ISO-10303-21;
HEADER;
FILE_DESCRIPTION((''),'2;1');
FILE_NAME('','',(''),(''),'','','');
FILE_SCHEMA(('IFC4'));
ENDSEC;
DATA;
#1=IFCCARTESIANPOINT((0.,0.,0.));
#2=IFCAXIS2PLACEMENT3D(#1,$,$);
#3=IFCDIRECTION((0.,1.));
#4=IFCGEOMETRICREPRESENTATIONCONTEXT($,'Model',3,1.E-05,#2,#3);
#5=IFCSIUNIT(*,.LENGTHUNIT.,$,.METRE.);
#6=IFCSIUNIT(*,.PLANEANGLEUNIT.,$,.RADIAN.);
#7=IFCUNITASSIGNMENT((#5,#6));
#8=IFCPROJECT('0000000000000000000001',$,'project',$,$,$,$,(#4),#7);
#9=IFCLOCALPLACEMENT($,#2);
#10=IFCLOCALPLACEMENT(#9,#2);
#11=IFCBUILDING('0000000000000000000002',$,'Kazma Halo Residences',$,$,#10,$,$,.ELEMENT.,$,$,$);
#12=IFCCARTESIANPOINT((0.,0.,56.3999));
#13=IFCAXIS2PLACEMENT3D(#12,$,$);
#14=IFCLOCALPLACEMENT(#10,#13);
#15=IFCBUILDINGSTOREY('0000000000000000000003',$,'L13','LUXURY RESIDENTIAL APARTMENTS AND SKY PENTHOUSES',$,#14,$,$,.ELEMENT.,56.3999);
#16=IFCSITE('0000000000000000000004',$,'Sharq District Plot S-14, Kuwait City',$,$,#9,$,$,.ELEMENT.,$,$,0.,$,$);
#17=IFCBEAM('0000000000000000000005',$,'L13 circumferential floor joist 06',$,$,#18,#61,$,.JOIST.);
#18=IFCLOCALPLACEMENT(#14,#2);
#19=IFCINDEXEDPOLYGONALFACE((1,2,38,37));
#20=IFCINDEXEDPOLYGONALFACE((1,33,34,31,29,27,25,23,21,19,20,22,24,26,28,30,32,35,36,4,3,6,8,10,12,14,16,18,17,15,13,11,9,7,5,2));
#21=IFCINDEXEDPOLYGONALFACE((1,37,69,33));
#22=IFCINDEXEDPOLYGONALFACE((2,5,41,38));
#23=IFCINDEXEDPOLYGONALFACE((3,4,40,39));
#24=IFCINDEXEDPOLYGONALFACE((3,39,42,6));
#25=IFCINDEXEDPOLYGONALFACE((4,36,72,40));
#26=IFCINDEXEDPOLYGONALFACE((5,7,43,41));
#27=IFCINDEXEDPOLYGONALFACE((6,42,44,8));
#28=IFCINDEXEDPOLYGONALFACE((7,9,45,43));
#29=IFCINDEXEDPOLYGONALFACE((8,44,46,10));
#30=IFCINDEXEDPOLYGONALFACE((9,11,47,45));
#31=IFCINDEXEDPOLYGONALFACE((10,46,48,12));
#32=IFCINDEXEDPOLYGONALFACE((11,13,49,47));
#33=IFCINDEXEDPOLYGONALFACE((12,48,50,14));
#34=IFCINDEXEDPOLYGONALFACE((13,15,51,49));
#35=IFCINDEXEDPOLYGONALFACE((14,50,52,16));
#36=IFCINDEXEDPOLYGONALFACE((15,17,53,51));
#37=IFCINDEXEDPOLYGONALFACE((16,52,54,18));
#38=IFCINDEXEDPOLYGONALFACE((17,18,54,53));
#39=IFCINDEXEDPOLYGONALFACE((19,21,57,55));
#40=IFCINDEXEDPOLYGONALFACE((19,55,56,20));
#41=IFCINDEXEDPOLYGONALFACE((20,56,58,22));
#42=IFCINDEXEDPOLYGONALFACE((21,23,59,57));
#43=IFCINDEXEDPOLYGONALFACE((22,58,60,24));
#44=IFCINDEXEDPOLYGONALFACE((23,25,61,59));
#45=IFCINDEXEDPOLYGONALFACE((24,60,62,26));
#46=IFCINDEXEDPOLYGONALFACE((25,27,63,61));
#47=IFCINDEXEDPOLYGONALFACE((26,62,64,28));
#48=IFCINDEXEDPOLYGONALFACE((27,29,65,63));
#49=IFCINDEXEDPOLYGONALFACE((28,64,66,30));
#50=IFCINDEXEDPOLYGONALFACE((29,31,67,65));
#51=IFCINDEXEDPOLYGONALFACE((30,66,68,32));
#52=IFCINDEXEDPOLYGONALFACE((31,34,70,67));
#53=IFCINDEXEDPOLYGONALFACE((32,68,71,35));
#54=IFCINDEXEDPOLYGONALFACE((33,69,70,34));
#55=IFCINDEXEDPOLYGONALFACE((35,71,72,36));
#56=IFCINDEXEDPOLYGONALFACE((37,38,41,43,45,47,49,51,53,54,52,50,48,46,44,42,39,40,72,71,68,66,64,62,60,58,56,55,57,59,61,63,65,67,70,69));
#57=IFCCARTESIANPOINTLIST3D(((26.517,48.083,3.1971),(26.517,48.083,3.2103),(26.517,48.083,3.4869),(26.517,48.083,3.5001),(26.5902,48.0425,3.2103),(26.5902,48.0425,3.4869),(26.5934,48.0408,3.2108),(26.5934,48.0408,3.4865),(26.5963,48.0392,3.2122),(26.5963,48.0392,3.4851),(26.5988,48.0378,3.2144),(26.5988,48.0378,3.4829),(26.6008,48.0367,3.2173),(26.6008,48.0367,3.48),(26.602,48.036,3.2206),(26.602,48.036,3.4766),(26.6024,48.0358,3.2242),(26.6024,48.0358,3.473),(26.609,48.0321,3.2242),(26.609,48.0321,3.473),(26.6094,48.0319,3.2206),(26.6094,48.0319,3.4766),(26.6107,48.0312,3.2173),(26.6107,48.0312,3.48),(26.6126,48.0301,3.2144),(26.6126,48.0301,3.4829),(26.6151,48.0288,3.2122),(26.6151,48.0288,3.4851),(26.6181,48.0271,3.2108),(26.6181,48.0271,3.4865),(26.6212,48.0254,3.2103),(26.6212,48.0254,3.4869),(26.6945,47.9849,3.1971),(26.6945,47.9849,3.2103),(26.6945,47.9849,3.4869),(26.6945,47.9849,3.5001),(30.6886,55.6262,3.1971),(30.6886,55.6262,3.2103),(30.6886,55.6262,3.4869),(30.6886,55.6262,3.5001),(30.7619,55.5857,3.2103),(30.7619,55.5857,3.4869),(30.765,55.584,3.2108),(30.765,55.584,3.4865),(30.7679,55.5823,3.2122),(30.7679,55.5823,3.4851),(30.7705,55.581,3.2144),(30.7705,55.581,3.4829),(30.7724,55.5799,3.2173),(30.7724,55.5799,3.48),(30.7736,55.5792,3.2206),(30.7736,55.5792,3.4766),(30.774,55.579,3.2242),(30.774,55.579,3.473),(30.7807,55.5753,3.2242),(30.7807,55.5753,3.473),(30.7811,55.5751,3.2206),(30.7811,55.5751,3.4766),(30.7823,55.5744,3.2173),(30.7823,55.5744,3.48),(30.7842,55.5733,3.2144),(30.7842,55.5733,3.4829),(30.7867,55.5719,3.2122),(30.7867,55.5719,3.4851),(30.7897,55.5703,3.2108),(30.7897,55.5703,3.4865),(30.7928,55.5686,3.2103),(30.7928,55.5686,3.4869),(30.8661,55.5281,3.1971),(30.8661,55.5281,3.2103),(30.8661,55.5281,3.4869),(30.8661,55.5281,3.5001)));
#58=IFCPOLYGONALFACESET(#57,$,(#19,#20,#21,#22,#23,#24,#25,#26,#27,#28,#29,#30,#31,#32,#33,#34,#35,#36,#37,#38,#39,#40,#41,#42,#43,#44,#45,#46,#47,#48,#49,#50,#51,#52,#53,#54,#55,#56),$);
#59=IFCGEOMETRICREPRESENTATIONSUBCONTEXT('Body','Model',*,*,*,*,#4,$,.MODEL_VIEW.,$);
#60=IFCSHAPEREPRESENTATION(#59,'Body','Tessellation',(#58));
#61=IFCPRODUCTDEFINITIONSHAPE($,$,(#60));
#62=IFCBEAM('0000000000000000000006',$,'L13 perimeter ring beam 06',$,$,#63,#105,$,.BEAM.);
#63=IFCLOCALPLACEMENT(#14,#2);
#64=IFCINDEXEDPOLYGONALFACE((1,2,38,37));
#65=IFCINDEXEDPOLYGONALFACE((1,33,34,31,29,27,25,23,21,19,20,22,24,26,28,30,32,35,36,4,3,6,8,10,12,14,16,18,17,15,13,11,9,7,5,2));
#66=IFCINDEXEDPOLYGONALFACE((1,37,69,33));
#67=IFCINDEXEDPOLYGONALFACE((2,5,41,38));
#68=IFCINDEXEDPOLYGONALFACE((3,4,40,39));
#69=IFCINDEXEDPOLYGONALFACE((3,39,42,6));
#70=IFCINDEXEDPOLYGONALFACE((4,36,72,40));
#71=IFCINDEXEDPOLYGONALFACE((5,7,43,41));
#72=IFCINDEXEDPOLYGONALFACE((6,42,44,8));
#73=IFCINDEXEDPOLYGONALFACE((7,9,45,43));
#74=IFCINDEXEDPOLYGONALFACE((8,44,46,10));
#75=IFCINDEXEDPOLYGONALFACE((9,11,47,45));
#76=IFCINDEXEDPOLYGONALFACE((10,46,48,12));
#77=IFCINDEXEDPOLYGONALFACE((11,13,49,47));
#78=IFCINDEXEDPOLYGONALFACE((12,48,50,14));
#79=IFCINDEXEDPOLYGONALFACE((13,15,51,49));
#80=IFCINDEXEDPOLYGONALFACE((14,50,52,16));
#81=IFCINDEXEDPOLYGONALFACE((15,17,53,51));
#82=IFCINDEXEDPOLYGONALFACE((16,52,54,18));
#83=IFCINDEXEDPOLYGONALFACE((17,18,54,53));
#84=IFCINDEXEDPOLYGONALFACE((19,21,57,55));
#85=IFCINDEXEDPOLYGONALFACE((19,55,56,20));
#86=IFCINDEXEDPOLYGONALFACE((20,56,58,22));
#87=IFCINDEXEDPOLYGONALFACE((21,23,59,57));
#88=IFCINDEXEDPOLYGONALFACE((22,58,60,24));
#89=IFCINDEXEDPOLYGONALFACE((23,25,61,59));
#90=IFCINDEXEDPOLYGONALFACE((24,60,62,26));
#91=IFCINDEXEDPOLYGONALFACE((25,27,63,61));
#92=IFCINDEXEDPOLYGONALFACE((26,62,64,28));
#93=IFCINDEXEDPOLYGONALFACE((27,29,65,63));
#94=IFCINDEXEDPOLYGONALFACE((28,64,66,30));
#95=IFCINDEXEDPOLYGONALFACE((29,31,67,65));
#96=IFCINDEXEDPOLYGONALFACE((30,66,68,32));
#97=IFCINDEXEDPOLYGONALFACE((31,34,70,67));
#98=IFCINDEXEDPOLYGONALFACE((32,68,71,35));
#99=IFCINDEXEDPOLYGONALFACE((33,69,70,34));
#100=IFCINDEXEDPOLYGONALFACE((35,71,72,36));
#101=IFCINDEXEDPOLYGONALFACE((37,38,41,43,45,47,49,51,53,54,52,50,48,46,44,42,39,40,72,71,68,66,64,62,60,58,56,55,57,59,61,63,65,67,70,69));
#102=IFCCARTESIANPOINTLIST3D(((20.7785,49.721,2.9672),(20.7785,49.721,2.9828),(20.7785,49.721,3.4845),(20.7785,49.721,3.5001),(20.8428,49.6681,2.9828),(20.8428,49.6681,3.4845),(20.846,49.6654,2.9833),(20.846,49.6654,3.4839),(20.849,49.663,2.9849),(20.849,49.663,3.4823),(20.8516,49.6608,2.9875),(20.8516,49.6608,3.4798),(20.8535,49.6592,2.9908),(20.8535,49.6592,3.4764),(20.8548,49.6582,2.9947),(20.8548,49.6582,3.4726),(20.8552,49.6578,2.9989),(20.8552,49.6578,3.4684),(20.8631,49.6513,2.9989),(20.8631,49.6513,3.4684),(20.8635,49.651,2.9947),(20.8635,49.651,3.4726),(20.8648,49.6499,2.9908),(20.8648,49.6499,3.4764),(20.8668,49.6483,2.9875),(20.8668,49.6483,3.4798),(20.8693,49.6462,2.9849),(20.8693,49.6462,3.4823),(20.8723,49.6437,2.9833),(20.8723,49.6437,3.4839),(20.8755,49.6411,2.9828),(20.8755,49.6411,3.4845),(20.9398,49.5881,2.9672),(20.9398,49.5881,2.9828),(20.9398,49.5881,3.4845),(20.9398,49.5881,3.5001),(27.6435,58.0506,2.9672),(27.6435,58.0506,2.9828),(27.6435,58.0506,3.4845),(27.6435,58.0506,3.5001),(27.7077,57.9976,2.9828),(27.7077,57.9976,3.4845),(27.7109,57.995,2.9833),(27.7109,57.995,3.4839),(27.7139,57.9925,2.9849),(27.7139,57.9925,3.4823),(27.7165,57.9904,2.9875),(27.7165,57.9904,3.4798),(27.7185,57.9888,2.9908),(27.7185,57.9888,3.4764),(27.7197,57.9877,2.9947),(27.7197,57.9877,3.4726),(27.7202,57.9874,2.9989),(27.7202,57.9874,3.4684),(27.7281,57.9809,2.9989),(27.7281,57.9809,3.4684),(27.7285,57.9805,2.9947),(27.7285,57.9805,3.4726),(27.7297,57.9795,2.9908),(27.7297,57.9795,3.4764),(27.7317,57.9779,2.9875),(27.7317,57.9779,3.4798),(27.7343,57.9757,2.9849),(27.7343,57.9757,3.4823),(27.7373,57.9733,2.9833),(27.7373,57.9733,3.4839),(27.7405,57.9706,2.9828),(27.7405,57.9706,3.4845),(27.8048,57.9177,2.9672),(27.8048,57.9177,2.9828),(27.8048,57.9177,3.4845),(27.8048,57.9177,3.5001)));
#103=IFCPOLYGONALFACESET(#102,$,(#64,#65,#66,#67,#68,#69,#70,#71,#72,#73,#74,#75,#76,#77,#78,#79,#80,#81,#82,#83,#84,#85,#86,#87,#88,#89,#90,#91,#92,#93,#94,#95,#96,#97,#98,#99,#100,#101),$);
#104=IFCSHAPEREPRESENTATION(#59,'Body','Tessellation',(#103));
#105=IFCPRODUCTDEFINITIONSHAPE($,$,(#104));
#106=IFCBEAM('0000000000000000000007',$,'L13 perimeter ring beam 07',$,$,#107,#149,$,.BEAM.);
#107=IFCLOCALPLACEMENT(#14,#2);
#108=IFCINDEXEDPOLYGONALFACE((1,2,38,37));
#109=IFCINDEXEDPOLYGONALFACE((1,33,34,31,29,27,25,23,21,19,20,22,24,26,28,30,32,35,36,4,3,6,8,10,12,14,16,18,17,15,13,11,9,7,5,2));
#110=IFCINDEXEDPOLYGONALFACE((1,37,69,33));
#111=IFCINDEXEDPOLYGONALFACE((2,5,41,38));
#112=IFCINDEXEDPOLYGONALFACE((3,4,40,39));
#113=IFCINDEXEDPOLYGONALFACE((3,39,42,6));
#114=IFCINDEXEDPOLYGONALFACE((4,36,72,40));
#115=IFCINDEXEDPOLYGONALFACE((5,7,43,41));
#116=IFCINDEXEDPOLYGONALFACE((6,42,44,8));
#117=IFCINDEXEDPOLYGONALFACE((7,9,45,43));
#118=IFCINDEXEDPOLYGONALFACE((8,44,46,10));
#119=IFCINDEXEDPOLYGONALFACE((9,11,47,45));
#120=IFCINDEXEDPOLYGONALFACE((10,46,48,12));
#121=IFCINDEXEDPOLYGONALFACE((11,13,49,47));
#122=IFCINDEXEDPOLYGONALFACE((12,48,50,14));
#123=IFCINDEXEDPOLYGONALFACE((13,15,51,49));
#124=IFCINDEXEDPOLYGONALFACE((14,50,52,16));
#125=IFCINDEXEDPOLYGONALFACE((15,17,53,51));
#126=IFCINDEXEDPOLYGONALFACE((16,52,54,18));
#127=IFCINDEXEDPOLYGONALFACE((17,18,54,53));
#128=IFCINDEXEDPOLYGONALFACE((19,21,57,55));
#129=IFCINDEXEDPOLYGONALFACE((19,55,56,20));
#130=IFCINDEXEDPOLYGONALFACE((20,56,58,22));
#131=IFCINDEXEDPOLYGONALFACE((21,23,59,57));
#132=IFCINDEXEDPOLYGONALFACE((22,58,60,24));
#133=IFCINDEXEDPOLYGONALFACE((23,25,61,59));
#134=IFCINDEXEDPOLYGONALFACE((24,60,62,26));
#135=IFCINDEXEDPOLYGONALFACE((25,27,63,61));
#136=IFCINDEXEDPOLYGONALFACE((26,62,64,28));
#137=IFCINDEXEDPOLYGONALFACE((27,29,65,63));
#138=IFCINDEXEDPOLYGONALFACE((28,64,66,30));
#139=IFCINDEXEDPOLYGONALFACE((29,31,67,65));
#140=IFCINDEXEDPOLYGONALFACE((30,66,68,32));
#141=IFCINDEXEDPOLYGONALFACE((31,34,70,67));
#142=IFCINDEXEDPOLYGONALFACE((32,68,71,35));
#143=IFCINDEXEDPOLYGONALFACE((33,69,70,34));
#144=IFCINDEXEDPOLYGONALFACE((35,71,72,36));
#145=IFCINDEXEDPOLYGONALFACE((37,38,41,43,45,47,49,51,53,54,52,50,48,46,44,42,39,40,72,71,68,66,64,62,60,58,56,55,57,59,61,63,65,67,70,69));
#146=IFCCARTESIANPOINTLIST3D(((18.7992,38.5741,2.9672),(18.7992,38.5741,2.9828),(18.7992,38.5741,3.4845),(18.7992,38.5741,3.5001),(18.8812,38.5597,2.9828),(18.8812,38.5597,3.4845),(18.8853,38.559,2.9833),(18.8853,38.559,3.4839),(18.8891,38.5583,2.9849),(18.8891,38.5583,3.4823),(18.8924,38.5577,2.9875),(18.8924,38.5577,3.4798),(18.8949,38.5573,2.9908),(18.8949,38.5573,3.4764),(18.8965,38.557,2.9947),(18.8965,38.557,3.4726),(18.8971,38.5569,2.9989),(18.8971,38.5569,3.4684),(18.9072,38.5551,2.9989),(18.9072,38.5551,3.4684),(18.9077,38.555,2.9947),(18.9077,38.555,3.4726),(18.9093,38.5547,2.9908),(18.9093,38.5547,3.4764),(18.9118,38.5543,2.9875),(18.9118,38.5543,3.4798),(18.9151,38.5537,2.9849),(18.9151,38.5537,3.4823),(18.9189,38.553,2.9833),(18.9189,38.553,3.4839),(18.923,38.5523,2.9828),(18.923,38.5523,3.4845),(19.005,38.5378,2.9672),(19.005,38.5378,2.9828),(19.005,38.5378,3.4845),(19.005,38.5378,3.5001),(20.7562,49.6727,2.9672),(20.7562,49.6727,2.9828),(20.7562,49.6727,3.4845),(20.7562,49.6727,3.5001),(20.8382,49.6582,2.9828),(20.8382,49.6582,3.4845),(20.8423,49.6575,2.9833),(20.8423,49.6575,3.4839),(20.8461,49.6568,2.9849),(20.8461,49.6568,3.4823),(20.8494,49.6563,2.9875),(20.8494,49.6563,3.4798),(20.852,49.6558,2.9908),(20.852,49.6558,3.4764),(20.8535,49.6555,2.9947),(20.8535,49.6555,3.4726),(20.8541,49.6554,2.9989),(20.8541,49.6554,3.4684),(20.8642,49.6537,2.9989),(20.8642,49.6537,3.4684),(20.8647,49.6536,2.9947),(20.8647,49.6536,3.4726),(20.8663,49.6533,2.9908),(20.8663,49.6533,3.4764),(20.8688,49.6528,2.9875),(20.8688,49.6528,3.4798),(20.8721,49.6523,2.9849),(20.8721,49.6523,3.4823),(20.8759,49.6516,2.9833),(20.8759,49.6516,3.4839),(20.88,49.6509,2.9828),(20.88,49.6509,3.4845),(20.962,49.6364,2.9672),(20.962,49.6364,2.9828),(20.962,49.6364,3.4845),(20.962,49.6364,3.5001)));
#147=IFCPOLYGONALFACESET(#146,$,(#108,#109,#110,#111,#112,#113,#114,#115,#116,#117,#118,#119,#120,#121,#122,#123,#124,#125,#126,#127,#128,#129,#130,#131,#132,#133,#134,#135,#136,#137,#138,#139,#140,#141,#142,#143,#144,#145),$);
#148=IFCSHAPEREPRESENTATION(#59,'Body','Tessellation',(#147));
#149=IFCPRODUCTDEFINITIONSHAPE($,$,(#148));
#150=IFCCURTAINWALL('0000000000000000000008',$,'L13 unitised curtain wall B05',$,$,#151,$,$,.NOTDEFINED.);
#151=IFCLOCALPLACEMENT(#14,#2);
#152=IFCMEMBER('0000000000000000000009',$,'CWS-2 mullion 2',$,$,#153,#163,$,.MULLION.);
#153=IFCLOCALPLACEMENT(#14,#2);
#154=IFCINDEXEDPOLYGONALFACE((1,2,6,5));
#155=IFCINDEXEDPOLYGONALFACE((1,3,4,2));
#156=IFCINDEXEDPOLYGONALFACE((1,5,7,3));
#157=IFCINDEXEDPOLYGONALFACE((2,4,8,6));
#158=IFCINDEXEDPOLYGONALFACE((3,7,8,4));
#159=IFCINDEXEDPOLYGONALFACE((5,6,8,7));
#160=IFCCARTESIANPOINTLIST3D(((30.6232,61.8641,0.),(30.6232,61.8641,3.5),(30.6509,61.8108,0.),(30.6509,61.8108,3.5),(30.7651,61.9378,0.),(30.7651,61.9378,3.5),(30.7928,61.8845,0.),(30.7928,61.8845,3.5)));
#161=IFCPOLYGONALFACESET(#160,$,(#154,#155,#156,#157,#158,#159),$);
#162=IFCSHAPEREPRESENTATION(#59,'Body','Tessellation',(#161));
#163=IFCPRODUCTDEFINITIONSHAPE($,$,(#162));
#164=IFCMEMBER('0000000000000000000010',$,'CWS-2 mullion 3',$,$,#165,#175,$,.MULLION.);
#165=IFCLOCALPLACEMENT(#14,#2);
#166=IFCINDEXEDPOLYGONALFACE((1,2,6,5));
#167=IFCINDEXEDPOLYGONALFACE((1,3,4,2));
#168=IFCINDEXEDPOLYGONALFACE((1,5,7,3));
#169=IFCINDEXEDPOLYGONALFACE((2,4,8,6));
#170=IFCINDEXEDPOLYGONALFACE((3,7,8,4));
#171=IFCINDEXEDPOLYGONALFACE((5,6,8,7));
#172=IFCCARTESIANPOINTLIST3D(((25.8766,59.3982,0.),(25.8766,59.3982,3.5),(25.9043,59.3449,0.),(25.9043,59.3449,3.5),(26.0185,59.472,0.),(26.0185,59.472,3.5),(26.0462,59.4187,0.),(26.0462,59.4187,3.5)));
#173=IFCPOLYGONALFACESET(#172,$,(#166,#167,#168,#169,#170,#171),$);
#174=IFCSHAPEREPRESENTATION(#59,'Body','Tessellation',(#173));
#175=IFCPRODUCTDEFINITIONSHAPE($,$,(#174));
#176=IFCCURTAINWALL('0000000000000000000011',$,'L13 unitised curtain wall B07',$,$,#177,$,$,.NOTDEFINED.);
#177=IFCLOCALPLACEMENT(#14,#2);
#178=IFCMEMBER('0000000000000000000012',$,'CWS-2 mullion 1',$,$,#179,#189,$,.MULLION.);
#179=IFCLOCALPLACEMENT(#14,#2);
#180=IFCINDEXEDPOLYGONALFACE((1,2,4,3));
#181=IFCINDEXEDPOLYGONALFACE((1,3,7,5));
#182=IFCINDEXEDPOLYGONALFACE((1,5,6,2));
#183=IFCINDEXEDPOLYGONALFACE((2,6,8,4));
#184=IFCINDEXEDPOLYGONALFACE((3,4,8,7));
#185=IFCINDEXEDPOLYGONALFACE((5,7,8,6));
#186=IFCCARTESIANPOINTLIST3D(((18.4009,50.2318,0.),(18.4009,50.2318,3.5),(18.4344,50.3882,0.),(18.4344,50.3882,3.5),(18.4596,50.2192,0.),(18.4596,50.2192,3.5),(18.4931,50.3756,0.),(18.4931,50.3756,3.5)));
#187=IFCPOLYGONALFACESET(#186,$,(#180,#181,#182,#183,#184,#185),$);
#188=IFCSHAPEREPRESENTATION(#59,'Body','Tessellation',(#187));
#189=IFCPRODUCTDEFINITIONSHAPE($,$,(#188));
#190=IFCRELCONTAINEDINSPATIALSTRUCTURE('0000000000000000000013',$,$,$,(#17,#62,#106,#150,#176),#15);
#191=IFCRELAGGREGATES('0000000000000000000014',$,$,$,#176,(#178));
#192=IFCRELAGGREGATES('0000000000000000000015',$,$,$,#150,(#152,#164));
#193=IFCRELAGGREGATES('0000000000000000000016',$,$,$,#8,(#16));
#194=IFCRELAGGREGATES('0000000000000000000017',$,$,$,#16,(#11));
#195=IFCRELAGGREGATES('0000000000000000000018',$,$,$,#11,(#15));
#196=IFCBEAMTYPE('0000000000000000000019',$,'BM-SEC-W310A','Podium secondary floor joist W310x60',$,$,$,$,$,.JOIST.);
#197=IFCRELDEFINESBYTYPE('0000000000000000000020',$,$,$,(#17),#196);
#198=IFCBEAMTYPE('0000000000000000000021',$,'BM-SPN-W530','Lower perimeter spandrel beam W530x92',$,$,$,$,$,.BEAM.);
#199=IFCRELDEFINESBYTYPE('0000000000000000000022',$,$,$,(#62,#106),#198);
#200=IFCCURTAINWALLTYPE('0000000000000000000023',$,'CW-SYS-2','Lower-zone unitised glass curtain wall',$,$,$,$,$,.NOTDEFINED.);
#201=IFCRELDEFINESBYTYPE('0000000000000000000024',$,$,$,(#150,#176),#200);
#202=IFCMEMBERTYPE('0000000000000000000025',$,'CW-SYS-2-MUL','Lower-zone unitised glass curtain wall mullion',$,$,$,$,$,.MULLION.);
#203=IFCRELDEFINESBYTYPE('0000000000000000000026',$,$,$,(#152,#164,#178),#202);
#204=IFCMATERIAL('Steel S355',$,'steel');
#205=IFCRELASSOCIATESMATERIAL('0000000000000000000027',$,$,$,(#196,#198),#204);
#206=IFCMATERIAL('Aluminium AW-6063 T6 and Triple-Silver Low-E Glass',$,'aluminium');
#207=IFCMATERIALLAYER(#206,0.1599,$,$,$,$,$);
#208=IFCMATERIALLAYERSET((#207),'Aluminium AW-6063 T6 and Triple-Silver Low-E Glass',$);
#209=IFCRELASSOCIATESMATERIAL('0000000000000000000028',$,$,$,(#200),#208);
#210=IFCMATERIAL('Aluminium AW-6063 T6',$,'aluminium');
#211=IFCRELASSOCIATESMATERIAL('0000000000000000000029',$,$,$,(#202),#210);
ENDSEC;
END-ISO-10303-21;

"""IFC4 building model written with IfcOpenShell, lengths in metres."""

from ifc_helpers import new_model, si_unit, direction, frame, origin, origin_2d, place, context, subcontext, project, spatial, rectangle, i_section, extrude, material, layer, layer_set, material_profile, profile_set, type_object, element, aggregate, save


model = new_model("IFC4")

# Units and contexts
model_context = context("Model", 3, precision=1e-05, world=origin(), true_north=direction((0.0, 1.0)))
body_context = subcontext(model_context, "Body", "Model", "MODEL_VIEW")
ifc_project = project(units=[si_unit("LENGTHUNIT", "METRE"), si_unit("PLANEANGLEUNIT", "RADIAN")], contexts=[model_context])

# Site, building, storey
site_placement = place(None, origin())
site = spatial("IfcSite", under=ifc_project, at=site_placement, Name="Sharq District Plot S-14, Kuwait City", CompositionType="ELEMENT", RefElevation=0.0)
building_placement = place(site_placement, origin())
building = spatial("IfcBuilding", under=site, at=building_placement, Name="Kazma Halo Residences", CompositionType="ELEMENT")
storey_placement = place(building_placement, frame((0.0, 0.0, 56.3999)))
storey = spatial("IfcBuildingStorey", under=building, at=storey_placement, Name="L13", Description="LUXURY RESIDENTIAL APARTMENTS AND SKY PENTHOUSES", CompositionType="ELEMENT", Elevation=56.3999)

# Beams
ifc_material_1 = material(Name="Steel S355", Category="steel")
ifc_material_profile_1 = material_profile(ifc_material_1, i_section(OverallWidth=0.2029, OverallDepth=0.303, WebThickness=0.0076, FlangeThickness=0.0132, FilletRadius=0.0139, at=origin_2d()), Name="W310x60")
ifc_profile_set_1 = profile_set([ifc_material_profile_1], Name="Steel S355")
beam_type_1 = type_object("IfcBeamType", Name="BM-SEC-W310A", Description="Podium secondary floor joist W310x60", PredefinedType="JOIST", material=ifc_profile_set_1)
beam_1_placement = place(storey_placement, frame((30.7773, 55.5771, 3.3486), z_axis=(-0.483954, -0.875094, 0.0), x_axis=(0.875094, -0.483954, 0.0)))
element("IfcBeam", 1, at=beam_1_placement, inside=storey, type_object=beam_type_1, Name="L13 circumferential floor joist 06", PredefinedType="JOIST", context=body_context, shape_type="SweptSolid", body=[
    extrude(i_section(OverallWidth=0.2029, OverallDepth=0.303, WebThickness=0.0076, FlangeThickness=0.0132, FilletRadius=0.0139, at=origin_2d()), origin(), (0.0, 0.0, 1.0), 8.6199),
])
ifc_material_profile_2 = material_profile(ifc_material_1, i_section(OverallWidth=0.209, OverallDepth=0.533, WebThickness=0.0103, FlangeThickness=0.0156, FilletRadius=0.0161, at=origin_2d()), Name="W530x92")
ifc_profile_set_2 = profile_set([ifc_material_profile_2], Name="Steel S355")
beam_type_2 = type_object("IfcBeamType", Name="BM-SPN-W530", Description="Lower perimeter spandrel beam W530x92", PredefinedType="BEAM", material=ifc_profile_set_2)
beam_2_placement = place(storey_placement, frame((27.7241, 57.9841, 3.2336), z_axis=(-0.636001, -0.771688, 0.0), x_axis=(0.771688, -0.636001, 0.0)))
element("IfcBeam", 2, at=beam_2_placement, inside=storey, type_object=beam_type_2, Name="L13 perimeter ring beam 06", PredefinedType="BEAM", context=body_context, shape_type="SweptSolid", body=[
    extrude(i_section(OverallWidth=0.209, OverallDepth=0.533, WebThickness=0.0103, FlangeThickness=0.0156, FilletRadius=0.0161, at=origin_2d()), origin(), (0.0, 0.0, 1.0), 10.7939),
])
beam_3_placement = place(storey_placement, frame((20.8591, 49.6545, 3.2336), z_axis=(-0.173652, -0.984807, 0.0), x_axis=(0.984807, -0.173652, 0.0)))
element("IfcBeam", 3, at=beam_3_placement, inside=storey, type_object=beam_type_2, Name="L13 perimeter ring beam 07", PredefinedType="BEAM", context=body_context, shape_type="SweptSolid", body=[
    extrude(i_section(OverallWidth=0.209, OverallDepth=0.533, WebThickness=0.0103, FlangeThickness=0.0156, FilletRadius=0.0161, at=origin_2d()), origin(), (0.0, 0.0, 1.0), 11.2698),
])

# Curtain wall, members
ifc_material_2 = material(Name="Aluminium AW-6063 T6 and Triple-Silver Low-E Glass", Category="aluminium")
ifc_layer_1 = layer(ifc_material_2, 0.1599)
ifc_layer_set_1 = layer_set([ifc_layer_1], Name="Aluminium AW-6063 T6 and Triple-Silver Low-E Glass")
curtain_wall_type = type_object("IfcCurtainWallType", Name="CW-SYS-2", Description="Lower-zone unitised glass curtain wall", PredefinedType="NOTDEFINED", material=ifc_layer_set_1)
curtain_wall_1_placement = place(storey_placement, origin())
curtain_wall_1 = element("IfcCurtainWall", 4, at=curtain_wall_1_placement, inside=storey, type_object=curtain_wall_type, Name="L13 unitised curtain wall B05", PredefinedType="NOTDEFINED")
ifc_material_3 = material(Name="Aluminium AW-6063 T6", Category="aluminium")
ifc_material_profile_3 = material_profile(ifc_material_3, rectangle(XDim=0.0601, YDim=0.1599, at=origin_2d()), Name="CWM-60x160")
ifc_profile_set_3 = profile_set([ifc_material_profile_3], Name="Aluminium AW-6063 T6")
member_type_1 = type_object("IfcMemberType", Name="CW-SYS-2-MUL", Description="Lower-zone unitised glass curtain wall mullion", PredefinedType="MULLION", material=ifc_profile_set_3)
member_1_placement = place(storey_placement, frame((30.708, 61.8743, 0.0), z_axis=(0.0, 0.0, 1.0), x_axis=(0.460996, -0.887402, 0.0)))
member_1 = element("IfcMember", 5, at=member_1_placement, type_object=member_type_1, Name="CWS-2 mullion 2", PredefinedType="MULLION", context=body_context, shape_type="SweptSolid", body=[
    extrude(rectangle(XDim=0.0601, YDim=0.1599, at=origin_2d()), origin(), (0.0, 0.0, 1.0), 3.5),
])
member_2_placement = place(storey_placement, frame((25.9614, 59.4084, 0.0), z_axis=(0.0, 0.0, 1.0), x_axis=(0.460996, -0.887402, 0.0)))
member_2 = element("IfcMember", 6, at=member_2_placement, type_object=member_type_1, Name="CWS-2 mullion 3", PredefinedType="MULLION", context=body_context, shape_type="SweptSolid", body=[
    extrude(rectangle(XDim=0.0601, YDim=0.1599, at=origin_2d()), origin(), (0.0, 0.0, 1.0), 3.5),
])

# Curtain wall, member
curtain_wall_2_placement = place(storey_placement, origin())
curtain_wall_2 = element("IfcCurtainWall", 7, at=curtain_wall_2_placement, inside=storey, type_object=curtain_wall_type, Name="L13 unitised curtain wall B07", PredefinedType="NOTDEFINED")
member_3_placement = place(storey_placement, frame((18.447, 50.3037, 0.0), z_axis=(0.0, 0.0, 1.0), x_axis=(0.977779, -0.209637, 0.0)))
member_3 = element("IfcMember", 8, at=member_3_placement, type_object=member_type_1, Name="CWS-2 mullion 1", PredefinedType="MULLION", context=body_context, shape_type="SweptSolid", body=[
    extrude(rectangle(XDim=0.0601, YDim=0.1599, at=origin_2d()), origin(), (0.0, 0.0, 1.0), 3.5),
])

aggregate(curtain_wall_2, [member_3])

aggregate(curtain_wall_1, [member_1, member_2])

save(model, "model.ifc")
